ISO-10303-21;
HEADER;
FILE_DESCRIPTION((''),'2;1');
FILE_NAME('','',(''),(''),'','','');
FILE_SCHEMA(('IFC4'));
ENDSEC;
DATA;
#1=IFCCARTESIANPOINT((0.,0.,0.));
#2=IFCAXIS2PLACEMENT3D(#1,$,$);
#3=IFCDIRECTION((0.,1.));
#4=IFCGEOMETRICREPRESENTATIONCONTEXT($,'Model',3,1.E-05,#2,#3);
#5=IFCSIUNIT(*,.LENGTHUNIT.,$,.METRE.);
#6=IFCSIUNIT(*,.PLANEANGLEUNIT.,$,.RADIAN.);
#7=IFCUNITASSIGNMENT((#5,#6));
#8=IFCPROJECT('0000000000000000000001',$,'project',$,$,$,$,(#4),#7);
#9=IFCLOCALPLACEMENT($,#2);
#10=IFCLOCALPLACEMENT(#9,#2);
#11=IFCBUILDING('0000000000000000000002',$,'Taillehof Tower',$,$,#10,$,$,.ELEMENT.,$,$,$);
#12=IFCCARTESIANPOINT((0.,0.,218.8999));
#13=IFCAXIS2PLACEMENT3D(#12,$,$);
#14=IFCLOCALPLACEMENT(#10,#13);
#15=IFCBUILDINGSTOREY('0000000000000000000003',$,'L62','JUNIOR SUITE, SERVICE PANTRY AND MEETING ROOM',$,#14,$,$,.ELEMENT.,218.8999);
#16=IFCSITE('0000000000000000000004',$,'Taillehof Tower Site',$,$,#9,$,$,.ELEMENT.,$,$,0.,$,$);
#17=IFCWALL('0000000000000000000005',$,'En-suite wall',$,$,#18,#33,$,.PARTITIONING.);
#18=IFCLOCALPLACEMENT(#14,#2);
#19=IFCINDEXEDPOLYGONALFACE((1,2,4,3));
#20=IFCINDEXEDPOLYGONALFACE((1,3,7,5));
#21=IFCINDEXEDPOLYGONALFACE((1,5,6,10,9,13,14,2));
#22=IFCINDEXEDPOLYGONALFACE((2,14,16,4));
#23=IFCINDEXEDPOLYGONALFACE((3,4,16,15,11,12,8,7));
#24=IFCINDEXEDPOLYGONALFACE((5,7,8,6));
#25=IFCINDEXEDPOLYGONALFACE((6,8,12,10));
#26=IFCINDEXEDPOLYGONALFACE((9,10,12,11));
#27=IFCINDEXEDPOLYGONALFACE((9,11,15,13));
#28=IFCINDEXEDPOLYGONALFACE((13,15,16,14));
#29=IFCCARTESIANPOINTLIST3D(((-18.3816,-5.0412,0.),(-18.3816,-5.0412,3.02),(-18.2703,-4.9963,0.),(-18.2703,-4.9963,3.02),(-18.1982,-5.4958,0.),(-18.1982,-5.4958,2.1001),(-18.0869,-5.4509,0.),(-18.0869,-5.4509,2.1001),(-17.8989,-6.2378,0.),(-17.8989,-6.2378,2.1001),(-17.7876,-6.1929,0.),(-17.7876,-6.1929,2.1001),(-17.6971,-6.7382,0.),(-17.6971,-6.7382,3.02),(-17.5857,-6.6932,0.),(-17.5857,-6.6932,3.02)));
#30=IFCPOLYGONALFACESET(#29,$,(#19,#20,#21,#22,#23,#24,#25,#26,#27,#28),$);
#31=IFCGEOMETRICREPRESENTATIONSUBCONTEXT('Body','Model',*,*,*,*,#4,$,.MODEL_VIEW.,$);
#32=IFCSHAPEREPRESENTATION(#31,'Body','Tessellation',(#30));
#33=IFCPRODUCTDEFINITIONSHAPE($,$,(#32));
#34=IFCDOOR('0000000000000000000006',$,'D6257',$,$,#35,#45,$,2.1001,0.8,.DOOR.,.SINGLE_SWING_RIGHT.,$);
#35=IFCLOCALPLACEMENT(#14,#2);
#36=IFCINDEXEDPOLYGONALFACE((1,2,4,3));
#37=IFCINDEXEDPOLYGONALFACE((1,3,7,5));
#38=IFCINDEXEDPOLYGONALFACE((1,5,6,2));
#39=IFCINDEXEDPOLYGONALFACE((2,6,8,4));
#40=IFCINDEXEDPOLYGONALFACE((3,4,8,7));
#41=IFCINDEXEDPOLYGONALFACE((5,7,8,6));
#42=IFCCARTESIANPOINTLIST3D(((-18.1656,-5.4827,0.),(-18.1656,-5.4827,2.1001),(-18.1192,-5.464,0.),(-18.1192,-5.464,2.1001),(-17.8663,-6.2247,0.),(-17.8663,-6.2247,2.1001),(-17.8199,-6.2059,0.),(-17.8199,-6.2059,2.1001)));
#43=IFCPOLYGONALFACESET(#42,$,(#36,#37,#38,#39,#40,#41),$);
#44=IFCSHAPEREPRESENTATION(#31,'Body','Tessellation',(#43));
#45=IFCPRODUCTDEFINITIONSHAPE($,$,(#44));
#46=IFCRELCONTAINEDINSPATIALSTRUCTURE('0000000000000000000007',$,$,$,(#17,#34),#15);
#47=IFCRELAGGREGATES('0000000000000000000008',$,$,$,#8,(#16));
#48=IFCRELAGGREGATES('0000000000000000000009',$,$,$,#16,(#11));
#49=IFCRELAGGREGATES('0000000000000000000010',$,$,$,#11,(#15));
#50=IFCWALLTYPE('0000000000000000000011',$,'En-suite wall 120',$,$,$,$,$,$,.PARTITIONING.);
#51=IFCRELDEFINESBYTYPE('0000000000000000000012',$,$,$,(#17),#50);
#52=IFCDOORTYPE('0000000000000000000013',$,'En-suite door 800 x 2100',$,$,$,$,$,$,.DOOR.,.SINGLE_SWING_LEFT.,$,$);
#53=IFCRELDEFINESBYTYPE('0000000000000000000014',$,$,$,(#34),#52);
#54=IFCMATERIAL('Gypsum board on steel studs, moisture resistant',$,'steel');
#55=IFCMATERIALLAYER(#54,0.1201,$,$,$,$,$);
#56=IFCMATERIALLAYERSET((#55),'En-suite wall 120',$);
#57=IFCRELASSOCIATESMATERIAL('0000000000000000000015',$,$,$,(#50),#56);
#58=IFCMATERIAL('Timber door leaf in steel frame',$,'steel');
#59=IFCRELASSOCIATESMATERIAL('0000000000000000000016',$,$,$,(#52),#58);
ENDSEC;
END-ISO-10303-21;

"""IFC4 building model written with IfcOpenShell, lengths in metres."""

from ifc_helpers import new_model, si_unit, direction, frame, frame_2d, origin, place, context, subcontext, project, spatial, rectangle, extrude, material, layer, layer_set, type_object, element, fill, save


model = new_model("IFC4")

# Units and contexts
model_context = context("Model", 3, precision=1e-05, world=origin(), true_north=direction((0.0, 1.0)))
body_context = subcontext(model_context, "Body", "Model", "MODEL_VIEW")
ifc_project = project(units=[si_unit("LENGTHUNIT", "METRE"), si_unit("PLANEANGLEUNIT", "RADIAN")], contexts=[model_context])

# Site, building, storey
site_placement = place(None, origin())
site = spatial("IfcSite", under=ifc_project, at=site_placement, Name="Taillehof Tower Site", CompositionType="ELEMENT", RefElevation=0.0)
building_placement = place(site_placement, origin())
building = spatial("IfcBuilding", under=site, at=building_placement, Name="Taillehof Tower", CompositionType="ELEMENT")
storey_placement = place(building_placement, frame((0.0, 0.0, 218.8999)))
storey = spatial("IfcBuildingStorey", under=building, at=storey_placement, Name="L62", Description="JUNIOR SUITE, SERVICE PANTRY AND MEETING ROOM", CompositionType="ELEMENT", Elevation=218.8999)

# Shared definitions
ifc_material_1 = material(Name="Gypsum board on steel studs, moisture resistant", Category="steel")
ifc_layer_1 = layer(ifc_material_1, 0.1201)
ifc_layer_set_1 = layer_set([ifc_layer_1], Name="En-suite wall 120")
wall_type_1 = type_object("IfcWallType", Name="En-suite wall 120", PredefinedType="PARTITIONING", material=ifc_layer_set_1)

# Wall, opening, door
ifc_material_2 = material(Name="Timber door leaf in steel frame", Category="steel")
door_type_1 = type_object("IfcDoorType", Name="En-suite door 800 x 2100", OperationType="SINGLE_SWING_LEFT", PredefinedType="DOOR", material=ifc_material_2)
wall_1_placement = place(storey_placement, frame((-17.6414, -6.7158, 0.0), z_axis=(0.0, 0.0, 1.0), x_axis=(-0.374103, 0.927387, 0.0)))
wall_1 = element("IfcWall", 1, at=wall_1_placement, inside=storey, type_object=wall_type_1, Name="En-suite wall", PredefinedType="PARTITIONING", context=body_context, shape_type="SweptSolid", body=[
    extrude(rectangle(XDim=1.8298, YDim=0.1201, at=frame_2d((0.915, 0.0))), origin(), (0.0, 0.0, 1.0), 3.02),
])
opening_1_placement = place(wall_1_placement, frame((0.5398, 0.0, 0.0)))
opening_1 = element("IfcOpeningElement", 2, at=opening_1_placement, cuts=wall_1, PredefinedType="OPENING", context=body_context, shape_type="SweptSolid", body=[
    extrude(rectangle(XDim=0.8, YDim=2.1001, at=frame_2d((0.3999, 1.05))), frame((0.0, 0.0701, 0.0), z_axis=(0.0, -1.0, 0.0), x_axis=(1.0, 0.0, 0.0)), (0.0, 0.0, 1.0), 0.1401),
])
door_1_placement = place(opening_1_placement, origin())
door_1 = element("IfcDoor", 3, at=door_1_placement, inside=storey, type_object=door_type_1, Name="D6257", OperationType="SINGLE_SWING_RIGHT", OverallHeight=2.1001, OverallWidth=0.8, PredefinedType="DOOR", context=body_context, shape_type="SweptSolid", body=[
    extrude(rectangle(XDim=0.8, YDim=2.1001, at=frame_2d((0.3999, 1.05))), frame((0.0, 0.0249, 0.0), z_axis=(0.0, -1.0, 0.0), x_axis=(1.0, 0.0, 0.0)), (0.0, 0.0, 1.0), 0.05),
])
fill(opening_1, door_1)

save(model, "model.ifc")
